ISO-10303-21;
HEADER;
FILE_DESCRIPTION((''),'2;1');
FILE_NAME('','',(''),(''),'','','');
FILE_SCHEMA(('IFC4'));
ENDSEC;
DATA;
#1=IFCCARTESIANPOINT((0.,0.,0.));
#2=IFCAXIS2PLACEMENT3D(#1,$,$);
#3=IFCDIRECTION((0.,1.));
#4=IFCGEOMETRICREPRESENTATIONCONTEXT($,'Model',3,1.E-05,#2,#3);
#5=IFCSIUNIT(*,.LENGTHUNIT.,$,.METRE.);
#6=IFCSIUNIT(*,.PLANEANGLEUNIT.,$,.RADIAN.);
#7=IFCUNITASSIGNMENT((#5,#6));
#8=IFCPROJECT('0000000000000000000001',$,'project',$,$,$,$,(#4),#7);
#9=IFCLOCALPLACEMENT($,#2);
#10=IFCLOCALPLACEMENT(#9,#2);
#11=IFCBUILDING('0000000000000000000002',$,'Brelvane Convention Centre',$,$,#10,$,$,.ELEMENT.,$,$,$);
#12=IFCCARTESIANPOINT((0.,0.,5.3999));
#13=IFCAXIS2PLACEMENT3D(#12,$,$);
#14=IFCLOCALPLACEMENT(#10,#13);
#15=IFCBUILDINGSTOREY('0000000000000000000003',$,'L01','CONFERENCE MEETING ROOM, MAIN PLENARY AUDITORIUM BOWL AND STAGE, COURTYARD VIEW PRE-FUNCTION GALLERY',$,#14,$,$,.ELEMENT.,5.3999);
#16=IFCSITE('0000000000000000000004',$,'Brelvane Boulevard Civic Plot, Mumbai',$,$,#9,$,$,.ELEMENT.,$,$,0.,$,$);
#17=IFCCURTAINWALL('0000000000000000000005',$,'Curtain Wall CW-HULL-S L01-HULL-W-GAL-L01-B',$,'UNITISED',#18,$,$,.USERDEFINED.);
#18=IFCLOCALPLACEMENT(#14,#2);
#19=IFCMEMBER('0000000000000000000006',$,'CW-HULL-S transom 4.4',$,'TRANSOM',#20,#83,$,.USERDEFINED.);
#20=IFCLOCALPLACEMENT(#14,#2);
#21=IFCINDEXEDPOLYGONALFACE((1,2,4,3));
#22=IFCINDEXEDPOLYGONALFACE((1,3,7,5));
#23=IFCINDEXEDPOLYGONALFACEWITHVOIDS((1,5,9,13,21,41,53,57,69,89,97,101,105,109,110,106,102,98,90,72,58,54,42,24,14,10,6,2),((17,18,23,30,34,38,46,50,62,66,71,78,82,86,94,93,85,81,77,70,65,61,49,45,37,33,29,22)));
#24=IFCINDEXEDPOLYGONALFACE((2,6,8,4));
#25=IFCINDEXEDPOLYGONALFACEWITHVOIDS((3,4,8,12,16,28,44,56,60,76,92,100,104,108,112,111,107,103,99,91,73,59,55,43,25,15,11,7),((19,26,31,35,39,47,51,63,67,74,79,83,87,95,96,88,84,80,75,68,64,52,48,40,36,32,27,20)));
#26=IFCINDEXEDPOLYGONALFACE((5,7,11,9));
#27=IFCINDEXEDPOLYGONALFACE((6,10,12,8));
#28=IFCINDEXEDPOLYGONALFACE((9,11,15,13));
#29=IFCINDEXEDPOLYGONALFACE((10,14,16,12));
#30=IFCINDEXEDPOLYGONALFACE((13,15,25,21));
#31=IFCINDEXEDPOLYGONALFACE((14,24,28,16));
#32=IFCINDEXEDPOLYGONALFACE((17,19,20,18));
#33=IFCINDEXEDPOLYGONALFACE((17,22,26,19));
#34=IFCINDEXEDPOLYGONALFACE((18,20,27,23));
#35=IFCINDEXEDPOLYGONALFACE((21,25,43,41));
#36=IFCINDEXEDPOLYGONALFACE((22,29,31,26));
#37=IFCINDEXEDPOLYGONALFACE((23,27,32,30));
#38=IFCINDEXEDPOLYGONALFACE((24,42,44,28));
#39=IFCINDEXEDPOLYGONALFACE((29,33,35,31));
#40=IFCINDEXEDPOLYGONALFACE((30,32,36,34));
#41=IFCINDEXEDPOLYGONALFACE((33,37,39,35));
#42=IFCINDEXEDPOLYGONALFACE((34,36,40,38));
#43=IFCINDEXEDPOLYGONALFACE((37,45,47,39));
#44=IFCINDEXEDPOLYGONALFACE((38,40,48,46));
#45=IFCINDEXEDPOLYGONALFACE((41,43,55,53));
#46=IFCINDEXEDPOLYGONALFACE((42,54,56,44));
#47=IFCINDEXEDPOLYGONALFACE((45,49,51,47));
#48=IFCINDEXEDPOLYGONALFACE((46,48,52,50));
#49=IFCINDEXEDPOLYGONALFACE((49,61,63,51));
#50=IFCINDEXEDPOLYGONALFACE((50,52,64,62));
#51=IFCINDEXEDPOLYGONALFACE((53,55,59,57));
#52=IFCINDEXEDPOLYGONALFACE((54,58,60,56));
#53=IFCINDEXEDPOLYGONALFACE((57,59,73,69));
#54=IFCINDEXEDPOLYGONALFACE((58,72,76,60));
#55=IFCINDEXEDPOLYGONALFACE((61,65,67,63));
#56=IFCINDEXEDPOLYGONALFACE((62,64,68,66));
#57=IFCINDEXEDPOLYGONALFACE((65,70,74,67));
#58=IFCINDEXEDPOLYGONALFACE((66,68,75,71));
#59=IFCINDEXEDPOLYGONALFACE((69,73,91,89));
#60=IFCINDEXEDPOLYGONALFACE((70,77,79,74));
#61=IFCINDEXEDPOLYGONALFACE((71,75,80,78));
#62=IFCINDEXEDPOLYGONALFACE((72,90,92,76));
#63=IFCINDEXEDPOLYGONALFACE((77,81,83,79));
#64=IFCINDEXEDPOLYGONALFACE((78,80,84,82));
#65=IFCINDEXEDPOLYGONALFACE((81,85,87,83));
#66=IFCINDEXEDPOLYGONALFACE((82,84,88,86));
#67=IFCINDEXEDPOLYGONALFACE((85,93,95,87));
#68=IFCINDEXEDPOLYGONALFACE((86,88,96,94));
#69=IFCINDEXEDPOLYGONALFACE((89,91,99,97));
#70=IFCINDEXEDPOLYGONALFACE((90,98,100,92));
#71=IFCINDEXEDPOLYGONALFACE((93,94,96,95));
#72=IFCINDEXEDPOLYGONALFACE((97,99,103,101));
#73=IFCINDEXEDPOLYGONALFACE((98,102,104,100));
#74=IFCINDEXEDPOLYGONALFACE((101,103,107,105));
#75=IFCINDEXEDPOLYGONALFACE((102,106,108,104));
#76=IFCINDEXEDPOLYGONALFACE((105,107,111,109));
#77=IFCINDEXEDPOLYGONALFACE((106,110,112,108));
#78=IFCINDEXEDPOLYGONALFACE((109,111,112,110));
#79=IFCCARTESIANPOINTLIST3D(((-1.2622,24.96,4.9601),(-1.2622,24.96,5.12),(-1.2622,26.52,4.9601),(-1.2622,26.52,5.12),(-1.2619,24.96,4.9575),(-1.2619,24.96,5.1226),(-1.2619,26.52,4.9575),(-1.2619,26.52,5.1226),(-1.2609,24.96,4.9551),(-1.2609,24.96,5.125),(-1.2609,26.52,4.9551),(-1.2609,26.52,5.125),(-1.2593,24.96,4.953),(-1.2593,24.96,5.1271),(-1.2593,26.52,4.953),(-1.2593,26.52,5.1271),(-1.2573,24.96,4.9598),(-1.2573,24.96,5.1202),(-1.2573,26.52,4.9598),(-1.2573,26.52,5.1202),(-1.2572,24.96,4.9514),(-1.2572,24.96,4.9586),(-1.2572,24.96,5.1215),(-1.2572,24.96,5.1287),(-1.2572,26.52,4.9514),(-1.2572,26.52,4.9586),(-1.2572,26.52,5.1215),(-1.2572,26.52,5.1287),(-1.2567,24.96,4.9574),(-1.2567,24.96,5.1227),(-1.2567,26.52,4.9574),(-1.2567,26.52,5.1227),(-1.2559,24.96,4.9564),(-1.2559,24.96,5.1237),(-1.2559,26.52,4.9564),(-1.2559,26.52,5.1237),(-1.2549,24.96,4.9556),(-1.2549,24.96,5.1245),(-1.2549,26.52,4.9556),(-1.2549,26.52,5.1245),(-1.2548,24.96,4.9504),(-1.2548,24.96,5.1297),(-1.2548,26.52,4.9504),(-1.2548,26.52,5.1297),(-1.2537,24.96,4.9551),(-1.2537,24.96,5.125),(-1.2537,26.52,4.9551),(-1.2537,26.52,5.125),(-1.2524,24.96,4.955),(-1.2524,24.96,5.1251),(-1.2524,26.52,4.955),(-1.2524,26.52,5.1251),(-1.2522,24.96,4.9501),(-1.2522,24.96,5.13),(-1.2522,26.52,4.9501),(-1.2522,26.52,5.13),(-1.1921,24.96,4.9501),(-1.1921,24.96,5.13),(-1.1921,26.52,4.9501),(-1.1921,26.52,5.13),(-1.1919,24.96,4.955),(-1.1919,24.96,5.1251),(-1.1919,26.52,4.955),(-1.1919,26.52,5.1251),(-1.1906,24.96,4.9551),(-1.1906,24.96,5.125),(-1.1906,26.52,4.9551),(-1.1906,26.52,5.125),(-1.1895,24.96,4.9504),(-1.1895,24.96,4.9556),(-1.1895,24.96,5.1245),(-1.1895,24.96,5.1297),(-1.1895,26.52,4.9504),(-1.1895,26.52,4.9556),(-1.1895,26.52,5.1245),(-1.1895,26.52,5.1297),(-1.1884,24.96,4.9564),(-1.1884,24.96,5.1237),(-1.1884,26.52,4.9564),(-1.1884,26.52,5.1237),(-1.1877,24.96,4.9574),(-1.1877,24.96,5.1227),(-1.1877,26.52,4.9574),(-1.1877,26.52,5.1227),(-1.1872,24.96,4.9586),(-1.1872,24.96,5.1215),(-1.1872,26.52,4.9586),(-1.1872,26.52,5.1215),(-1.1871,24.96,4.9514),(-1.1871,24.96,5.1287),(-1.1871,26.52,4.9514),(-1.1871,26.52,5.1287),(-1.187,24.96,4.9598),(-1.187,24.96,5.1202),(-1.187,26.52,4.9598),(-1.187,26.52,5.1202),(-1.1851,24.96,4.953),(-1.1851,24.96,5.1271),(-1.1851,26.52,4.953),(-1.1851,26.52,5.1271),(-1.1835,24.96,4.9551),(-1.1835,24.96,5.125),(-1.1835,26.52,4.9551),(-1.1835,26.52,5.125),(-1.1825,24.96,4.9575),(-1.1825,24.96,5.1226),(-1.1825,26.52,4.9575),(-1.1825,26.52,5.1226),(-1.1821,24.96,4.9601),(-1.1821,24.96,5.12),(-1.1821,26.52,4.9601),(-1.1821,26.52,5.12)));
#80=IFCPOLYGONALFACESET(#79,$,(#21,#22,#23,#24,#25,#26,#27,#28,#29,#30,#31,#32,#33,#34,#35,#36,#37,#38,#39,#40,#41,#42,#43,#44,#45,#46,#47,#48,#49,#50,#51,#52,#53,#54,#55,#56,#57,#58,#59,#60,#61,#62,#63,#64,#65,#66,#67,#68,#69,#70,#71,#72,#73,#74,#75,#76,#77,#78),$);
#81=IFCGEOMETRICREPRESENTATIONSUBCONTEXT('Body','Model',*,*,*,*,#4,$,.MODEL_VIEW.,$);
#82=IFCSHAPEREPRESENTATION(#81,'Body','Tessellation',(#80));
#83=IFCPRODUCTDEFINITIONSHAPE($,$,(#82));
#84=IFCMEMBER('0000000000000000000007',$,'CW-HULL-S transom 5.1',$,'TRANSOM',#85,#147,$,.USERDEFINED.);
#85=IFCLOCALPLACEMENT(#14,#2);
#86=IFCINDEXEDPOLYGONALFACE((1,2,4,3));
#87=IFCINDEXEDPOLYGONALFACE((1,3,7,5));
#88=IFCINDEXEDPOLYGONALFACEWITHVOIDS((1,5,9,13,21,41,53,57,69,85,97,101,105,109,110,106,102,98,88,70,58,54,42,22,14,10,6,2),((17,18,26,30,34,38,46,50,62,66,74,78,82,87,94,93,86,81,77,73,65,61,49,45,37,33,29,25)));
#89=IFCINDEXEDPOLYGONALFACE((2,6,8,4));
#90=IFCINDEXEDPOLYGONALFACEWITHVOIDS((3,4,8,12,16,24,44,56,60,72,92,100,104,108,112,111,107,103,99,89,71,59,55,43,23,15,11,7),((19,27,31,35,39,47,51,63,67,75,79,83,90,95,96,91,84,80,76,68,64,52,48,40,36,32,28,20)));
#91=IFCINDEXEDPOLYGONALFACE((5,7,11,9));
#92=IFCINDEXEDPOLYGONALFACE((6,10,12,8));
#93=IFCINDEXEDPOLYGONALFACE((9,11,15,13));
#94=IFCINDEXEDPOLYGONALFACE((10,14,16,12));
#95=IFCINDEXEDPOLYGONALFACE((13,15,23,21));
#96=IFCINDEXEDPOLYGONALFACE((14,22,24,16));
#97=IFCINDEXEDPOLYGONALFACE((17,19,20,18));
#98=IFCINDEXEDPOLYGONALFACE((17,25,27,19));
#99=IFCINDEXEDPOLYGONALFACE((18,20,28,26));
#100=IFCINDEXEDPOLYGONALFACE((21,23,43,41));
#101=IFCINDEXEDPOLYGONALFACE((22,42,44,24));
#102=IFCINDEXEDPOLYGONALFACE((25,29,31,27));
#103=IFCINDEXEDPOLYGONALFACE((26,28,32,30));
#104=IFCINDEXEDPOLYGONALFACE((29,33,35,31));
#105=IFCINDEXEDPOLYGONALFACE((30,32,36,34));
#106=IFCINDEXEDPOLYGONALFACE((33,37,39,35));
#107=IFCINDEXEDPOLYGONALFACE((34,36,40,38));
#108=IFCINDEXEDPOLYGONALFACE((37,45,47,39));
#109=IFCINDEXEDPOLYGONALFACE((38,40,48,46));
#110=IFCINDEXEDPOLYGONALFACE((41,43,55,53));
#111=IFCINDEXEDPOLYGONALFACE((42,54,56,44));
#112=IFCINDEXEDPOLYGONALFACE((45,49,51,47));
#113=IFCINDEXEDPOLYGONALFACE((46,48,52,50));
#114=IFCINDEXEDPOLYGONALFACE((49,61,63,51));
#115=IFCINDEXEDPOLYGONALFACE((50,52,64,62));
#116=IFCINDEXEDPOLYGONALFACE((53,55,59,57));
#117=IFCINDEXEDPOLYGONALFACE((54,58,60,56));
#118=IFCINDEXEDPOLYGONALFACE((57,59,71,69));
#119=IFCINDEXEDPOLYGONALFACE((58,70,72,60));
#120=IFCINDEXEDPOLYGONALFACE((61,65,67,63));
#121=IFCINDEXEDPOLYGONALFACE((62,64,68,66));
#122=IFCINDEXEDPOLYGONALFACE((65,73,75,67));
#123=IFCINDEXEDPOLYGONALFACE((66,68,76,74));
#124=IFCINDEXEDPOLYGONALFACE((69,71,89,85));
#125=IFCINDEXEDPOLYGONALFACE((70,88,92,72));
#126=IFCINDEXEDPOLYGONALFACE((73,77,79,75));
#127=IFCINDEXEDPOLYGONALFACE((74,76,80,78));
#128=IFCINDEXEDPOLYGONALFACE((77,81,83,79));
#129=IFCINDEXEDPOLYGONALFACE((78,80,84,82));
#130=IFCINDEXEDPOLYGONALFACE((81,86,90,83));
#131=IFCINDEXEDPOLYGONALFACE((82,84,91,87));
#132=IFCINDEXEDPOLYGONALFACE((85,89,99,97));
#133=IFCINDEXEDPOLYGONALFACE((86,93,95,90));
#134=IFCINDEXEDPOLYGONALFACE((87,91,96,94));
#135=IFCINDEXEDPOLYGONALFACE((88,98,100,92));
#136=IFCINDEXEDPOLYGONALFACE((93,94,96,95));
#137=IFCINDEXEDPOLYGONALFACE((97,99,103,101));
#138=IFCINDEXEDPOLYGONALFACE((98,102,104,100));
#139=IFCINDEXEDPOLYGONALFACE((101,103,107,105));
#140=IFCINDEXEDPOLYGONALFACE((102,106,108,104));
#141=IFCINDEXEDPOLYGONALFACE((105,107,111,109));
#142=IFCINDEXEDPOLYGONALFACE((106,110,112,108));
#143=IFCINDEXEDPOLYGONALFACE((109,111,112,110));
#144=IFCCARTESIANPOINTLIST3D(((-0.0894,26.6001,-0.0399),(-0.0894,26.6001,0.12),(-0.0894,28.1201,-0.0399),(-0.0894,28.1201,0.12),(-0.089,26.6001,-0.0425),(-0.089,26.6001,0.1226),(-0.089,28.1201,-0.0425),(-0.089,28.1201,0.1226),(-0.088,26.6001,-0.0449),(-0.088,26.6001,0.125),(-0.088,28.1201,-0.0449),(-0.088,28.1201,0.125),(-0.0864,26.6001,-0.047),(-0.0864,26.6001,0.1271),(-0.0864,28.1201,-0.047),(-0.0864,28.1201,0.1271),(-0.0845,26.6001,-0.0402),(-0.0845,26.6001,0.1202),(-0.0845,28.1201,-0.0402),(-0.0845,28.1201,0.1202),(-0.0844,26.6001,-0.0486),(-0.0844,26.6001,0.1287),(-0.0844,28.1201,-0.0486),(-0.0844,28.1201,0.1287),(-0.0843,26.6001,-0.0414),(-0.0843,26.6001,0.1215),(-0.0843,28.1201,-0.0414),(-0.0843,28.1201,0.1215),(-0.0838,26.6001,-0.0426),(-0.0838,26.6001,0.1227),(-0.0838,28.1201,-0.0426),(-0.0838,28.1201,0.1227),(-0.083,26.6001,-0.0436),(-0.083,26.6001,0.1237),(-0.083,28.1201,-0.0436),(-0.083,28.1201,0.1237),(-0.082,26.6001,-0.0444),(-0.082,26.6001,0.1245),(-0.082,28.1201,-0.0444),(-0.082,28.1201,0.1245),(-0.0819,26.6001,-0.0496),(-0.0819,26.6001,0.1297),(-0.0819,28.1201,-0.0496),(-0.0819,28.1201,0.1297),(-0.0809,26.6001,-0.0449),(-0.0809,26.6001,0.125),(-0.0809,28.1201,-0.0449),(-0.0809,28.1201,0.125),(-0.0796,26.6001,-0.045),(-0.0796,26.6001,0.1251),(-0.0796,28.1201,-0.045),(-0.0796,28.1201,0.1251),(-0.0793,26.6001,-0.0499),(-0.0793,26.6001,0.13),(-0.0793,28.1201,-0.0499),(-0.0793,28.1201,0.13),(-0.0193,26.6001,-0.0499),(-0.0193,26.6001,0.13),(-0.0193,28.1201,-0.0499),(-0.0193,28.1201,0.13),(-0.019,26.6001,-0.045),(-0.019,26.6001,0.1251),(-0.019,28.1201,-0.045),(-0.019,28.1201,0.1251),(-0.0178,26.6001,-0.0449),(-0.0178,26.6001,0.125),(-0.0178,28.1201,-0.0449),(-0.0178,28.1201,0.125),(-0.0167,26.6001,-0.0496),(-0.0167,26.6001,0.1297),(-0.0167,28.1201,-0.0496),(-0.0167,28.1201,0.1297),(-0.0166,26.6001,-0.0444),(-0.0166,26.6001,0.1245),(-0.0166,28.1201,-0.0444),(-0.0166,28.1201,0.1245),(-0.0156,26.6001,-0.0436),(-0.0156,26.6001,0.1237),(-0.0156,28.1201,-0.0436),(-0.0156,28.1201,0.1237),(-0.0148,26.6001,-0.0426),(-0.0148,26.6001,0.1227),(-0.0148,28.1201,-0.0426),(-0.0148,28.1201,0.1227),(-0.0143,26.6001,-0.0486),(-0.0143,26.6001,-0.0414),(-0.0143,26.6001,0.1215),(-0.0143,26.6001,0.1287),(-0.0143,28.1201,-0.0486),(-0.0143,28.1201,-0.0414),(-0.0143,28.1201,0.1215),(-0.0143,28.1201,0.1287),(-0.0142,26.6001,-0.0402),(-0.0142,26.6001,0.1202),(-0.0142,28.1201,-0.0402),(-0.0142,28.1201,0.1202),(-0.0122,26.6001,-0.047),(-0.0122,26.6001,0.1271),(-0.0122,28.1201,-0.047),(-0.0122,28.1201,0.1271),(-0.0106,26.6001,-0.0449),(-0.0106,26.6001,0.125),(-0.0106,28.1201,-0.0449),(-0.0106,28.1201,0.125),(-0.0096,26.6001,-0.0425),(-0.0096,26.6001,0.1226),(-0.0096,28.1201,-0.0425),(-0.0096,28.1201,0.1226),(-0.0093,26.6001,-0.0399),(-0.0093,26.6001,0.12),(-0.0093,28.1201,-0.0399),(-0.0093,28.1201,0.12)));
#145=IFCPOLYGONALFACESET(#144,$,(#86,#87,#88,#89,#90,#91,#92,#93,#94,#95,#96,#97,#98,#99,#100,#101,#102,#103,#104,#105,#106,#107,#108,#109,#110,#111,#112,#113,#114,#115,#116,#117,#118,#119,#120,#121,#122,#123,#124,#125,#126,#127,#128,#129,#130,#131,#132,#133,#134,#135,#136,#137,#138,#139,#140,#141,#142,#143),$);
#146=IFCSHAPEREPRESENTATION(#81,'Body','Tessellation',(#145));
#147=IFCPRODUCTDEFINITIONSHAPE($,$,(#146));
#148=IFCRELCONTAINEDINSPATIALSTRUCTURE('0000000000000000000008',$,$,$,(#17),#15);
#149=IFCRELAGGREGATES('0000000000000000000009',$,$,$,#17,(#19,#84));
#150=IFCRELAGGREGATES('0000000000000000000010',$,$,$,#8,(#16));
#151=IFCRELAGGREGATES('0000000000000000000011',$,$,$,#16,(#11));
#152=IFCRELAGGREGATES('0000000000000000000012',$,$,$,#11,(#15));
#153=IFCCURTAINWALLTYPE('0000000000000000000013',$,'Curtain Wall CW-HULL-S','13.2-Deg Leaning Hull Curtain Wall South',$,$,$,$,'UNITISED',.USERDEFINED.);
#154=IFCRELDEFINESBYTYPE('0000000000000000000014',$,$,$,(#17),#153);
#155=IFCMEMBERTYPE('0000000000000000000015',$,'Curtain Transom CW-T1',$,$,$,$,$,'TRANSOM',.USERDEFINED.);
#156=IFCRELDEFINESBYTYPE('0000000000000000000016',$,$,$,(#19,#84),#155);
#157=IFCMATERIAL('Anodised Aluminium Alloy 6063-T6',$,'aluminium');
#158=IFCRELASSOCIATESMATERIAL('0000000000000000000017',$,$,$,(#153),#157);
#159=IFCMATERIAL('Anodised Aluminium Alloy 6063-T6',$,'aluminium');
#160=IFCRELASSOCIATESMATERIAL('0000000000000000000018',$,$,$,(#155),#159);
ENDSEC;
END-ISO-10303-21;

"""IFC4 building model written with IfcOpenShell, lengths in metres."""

from ifc_helpers import new_model, si_unit, direction, frame, origin, origin_2d, place, context, subcontext, project, spatial, hollow_rectangle, extrude, material, material_profile, profile_set, type_object, element, aggregate, save


model = new_model("IFC4")

# Units and contexts
model_context = context("Model", 3, precision=1e-05, world=origin(), true_north=direction((0.0, 1.0)))
body_context = subcontext(model_context, "Body", "Model", "MODEL_VIEW")
ifc_project = project(units=[si_unit("LENGTHUNIT", "METRE"), si_unit("PLANEANGLEUNIT", "RADIAN")], contexts=[model_context])

# Site, building, storey
site_placement = place(None, origin())
site = spatial("IfcSite", under=ifc_project, at=site_placement, Name="Brelvane Boulevard Civic Plot, Mumbai", CompositionType="ELEMENT", RefElevation=0.0)
building_placement = place(site_placement, origin())
building = spatial("IfcBuilding", under=site, at=building_placement, Name="Brelvane Convention Centre", CompositionType="ELEMENT")
storey_placement = place(building_placement, frame((0.0, 0.0, 5.3999)))
storey = spatial("IfcBuildingStorey", under=building, at=storey_placement, Name="L01", Description="CONFERENCE MEETING ROOM, MAIN PLENARY AUDITORIUM BOWL AND STAGE, COURTYARD VIEW PRE-FUNCTION GALLERY", CompositionType="ELEMENT", Elevation=5.3999)

# Curtain wall
ifc_material_1 = material(Name="Anodised Aluminium Alloy 6063-T6", Category="aluminium")
curtain_wall_type = type_object("IfcCurtainWallType", Name="Curtain Wall CW-HULL-S", Description="13.2-Deg Leaning Hull Curtain Wall South", ElementType="UNITISED", PredefinedType="USERDEFINED", material=ifc_material_1)
curtain_wall_1_placement = place(storey_placement, origin())
curtain_wall_1 = element("IfcCurtainWall", 1, at=curtain_wall_1_placement, inside=storey, type_object=curtain_wall_type, Name="Curtain Wall CW-HULL-S L01-HULL-W-GAL-L01-B", ObjectType="UNITISED", PredefinedType="USERDEFINED")

# Members
ifc_material_2 = material(Name="Anodised Aluminium Alloy 6063-T6", Category="aluminium")
ifc_material_profile_1 = material_profile(ifc_material_2, hollow_rectangle(XDim=0.0801, YDim=0.1799, WallThickness=0.0049, InnerFilletRadius=0.0049, OuterFilletRadius=0.01, at=origin_2d()), Name="ALU-T 180x80x5.0")
ifc_profile_set_1 = profile_set([ifc_material_profile_1], Name="Anodised Aluminium Alloy 6063-T6")
member_type_1 = type_object("IfcMemberType", Name="Curtain Transom CW-T1", ElementType="TRANSOM", PredefinedType="USERDEFINED", material=ifc_profile_set_1)
member_1_placement = place(storey_placement, frame((-1.2222, 24.96, 5.04), z_axis=(0.0, 1.0, 0.0), x_axis=(-1.0, 0.0, 0.0)))
member_1 = element("IfcMember", 2, at=member_1_placement, type_object=member_type_1, Name="CW-HULL-S transom 4.4", ObjectType="TRANSOM", PredefinedType="USERDEFINED", context=body_context, shape_type="SweptSolid", body=[
    extrude(hollow_rectangle(XDim=0.0801, YDim=0.1799, WallThickness=0.0049, InnerFilletRadius=0.0049, OuterFilletRadius=0.01, at=origin_2d()), origin(), (0.0, 0.0, 1.0), 1.5601),
])
member_2_placement = place(storey_placement, frame((-0.0493, 26.6001, 0.04), z_axis=(0.0, 1.0, 0.0), x_axis=(-1.0, 0.0, 0.0)))
member_2 = element("IfcMember", 3, at=member_2_placement, type_object=member_type_1, Name="CW-HULL-S transom 5.1", ObjectType="TRANSOM", PredefinedType="USERDEFINED", context=body_context, shape_type="SweptSolid", body=[
    extrude(hollow_rectangle(XDim=0.0801, YDim=0.1799, WallThickness=0.0049, InnerFilletRadius=0.0049, OuterFilletRadius=0.01, at=origin_2d()), origin(), (0.0, 0.0, 1.0), 1.52),
])

aggregate(curtain_wall_1, [member_1, member_2])

save(model, "model.ifc")
